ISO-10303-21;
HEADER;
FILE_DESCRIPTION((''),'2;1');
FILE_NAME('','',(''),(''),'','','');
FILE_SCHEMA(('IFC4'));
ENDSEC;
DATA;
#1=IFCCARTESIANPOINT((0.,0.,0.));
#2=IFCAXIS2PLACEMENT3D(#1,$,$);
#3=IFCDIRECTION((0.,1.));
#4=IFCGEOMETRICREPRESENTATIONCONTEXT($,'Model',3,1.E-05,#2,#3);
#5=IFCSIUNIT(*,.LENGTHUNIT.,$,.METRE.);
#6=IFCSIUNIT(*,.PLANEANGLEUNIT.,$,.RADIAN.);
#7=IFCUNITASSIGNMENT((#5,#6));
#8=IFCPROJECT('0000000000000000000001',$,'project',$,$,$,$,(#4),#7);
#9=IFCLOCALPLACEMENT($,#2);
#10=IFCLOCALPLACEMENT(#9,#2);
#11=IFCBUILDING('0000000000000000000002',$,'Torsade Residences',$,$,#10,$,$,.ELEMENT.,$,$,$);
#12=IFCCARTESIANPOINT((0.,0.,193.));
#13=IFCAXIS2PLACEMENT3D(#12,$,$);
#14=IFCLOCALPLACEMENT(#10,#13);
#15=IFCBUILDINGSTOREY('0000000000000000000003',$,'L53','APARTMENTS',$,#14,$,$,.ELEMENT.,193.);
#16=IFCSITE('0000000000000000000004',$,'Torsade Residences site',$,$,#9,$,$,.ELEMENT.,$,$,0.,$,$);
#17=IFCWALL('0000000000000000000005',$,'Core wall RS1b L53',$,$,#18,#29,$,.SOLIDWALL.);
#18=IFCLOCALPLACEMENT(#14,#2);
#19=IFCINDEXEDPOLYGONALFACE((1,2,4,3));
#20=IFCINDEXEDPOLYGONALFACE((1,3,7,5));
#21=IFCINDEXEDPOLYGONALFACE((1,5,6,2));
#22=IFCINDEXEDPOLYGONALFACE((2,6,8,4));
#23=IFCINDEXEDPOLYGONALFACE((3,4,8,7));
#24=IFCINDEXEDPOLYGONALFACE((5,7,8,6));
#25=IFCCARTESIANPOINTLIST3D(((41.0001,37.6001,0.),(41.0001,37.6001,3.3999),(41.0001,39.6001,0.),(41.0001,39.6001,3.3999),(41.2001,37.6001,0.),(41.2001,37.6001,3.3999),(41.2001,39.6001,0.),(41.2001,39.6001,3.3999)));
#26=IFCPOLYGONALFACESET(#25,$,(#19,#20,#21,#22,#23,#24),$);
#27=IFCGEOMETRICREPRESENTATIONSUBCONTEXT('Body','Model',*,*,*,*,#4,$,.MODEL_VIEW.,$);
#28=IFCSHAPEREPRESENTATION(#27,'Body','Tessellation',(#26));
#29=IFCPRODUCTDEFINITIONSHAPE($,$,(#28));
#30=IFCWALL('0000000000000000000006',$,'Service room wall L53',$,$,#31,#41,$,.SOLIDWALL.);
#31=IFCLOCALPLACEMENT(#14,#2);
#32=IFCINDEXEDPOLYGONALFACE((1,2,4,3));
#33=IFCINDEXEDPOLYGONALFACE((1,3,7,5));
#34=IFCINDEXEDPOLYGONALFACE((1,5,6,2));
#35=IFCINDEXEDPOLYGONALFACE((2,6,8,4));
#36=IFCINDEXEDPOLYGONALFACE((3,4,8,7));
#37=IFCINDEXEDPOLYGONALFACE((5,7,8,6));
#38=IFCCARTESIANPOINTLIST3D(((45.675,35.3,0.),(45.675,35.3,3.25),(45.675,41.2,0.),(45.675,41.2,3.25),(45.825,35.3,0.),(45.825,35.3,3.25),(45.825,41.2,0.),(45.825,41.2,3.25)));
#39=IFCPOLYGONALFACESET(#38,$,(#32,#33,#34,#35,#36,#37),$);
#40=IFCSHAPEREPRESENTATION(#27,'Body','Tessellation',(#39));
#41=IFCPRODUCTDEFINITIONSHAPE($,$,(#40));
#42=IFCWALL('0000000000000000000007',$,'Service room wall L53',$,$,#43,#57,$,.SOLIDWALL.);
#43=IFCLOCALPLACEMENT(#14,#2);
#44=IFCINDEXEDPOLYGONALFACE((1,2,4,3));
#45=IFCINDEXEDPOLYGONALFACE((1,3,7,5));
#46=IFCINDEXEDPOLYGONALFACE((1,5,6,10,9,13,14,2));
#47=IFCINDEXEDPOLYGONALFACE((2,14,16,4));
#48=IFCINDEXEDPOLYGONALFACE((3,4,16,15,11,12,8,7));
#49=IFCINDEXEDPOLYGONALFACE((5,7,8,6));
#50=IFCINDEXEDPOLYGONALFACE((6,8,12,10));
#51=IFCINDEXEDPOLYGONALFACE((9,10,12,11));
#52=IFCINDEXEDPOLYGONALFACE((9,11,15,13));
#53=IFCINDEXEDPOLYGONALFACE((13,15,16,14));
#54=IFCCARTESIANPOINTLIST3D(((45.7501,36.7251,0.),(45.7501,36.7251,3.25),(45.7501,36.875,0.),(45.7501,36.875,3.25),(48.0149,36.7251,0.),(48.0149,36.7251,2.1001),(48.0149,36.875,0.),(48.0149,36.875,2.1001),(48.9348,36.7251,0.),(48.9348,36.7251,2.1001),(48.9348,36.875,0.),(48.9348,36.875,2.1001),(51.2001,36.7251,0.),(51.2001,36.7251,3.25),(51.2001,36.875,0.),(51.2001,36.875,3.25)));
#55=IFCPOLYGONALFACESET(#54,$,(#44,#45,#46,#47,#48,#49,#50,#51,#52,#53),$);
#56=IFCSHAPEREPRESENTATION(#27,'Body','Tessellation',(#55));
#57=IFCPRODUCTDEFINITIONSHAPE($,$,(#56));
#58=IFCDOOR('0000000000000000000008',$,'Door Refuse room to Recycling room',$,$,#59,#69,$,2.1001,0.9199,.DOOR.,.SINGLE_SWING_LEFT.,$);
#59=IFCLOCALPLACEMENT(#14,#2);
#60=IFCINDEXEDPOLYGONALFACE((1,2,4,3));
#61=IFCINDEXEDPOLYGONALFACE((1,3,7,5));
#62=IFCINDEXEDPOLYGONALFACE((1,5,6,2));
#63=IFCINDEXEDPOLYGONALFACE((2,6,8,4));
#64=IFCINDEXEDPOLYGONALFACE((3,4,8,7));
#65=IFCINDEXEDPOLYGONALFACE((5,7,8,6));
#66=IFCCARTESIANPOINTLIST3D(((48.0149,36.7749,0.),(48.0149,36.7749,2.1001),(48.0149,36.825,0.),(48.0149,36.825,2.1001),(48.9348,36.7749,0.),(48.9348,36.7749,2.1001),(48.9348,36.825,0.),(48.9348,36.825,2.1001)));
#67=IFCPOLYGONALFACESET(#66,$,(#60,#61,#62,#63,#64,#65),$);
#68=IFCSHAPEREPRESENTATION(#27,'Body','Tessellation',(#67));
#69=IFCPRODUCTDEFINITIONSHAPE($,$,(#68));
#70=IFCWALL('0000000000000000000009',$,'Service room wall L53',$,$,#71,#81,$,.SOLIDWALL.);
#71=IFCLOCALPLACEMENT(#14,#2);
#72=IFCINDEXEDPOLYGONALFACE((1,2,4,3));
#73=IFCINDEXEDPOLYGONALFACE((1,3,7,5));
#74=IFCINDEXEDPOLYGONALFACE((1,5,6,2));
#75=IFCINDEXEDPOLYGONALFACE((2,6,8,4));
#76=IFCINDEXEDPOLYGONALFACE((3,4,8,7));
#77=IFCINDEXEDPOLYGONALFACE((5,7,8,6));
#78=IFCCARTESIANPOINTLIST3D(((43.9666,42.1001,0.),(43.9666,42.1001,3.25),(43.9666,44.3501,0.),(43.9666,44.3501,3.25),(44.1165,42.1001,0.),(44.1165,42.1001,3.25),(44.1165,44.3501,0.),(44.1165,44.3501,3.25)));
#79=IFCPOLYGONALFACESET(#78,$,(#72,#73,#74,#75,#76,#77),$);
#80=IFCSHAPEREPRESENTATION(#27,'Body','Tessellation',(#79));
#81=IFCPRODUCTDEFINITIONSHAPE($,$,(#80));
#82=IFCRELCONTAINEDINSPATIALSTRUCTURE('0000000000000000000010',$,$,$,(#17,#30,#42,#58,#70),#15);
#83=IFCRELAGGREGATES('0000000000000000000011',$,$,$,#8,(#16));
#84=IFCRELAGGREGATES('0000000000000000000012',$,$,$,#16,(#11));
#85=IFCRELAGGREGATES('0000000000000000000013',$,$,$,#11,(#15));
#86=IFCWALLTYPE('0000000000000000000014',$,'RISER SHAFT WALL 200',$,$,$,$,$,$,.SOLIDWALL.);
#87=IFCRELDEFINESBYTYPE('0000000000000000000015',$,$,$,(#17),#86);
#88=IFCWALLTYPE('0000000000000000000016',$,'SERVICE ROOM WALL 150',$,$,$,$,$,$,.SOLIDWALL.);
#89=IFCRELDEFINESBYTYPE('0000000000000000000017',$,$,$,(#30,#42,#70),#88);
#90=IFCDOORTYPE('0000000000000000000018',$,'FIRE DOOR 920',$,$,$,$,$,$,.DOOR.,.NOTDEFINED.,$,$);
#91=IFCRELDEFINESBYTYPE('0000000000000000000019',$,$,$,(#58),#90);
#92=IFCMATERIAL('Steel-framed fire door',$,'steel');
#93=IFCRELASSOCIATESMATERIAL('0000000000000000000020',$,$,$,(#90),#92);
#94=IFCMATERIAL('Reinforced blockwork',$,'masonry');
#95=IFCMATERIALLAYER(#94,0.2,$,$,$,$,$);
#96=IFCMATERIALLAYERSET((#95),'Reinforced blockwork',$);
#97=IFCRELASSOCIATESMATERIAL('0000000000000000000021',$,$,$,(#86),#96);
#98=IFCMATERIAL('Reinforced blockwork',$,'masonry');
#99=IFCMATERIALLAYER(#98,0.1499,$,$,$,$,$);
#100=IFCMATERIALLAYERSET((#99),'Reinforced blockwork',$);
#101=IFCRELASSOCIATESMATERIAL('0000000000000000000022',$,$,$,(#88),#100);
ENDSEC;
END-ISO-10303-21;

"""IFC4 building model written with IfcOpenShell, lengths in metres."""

from ifc_helpers import new_model, si_unit, direction, frame, frame_2d, origin, place, context, subcontext, project, spatial, rectangle, extrude, material, layer, layer_set, type_object, element, fill, save


model = new_model("IFC4")

# Units and contexts
model_context = context("Model", 3, precision=1e-05, world=origin(), true_north=direction((0.0, 1.0)))
body_context = subcontext(model_context, "Body", "Model", "MODEL_VIEW")
ifc_project = project(units=[si_unit("LENGTHUNIT", "METRE"), si_unit("PLANEANGLEUNIT", "RADIAN")], contexts=[model_context])

# Site, building, storey
site_placement = place(None, origin())
site = spatial("IfcSite", under=ifc_project, at=site_placement, Name="Torsade Residences site", CompositionType="ELEMENT", RefElevation=0.0)
building_placement = place(site_placement, origin())
building = spatial("IfcBuilding", under=site, at=building_placement, Name="Torsade Residences", CompositionType="ELEMENT")
storey_placement = place(building_placement, frame((0.0, 0.0, 193.0)))
storey = spatial("IfcBuildingStorey", under=building, at=storey_placement, Name="L53", Description="APARTMENTS", CompositionType="ELEMENT", Elevation=193.0)

# Shared definitions
ifc_material_1 = material(Name="Steel-framed fire door", Category="steel")
door_type_1 = type_object("IfcDoorType", Name="FIRE DOOR 920", OperationType="NOTDEFINED", PredefinedType="DOOR", material=ifc_material_1)

# Walls
ifc_material_2 = material(Name="Reinforced blockwork", Category="masonry")
ifc_layer_1 = layer(ifc_material_2, 0.2)
ifc_layer_set_1 = layer_set([ifc_layer_1], Name="Reinforced blockwork")
wall_type_1 = type_object("IfcWallType", Name="RISER SHAFT WALL 200", PredefinedType="SOLIDWALL", material=ifc_layer_set_1)
wall_1_placement = place(storey_placement, frame((41.1001, 37.6001, 0.0), z_axis=(0.0, 0.0, 1.0), x_axis=(0.0, 1.0, 0.0)))
element("IfcWall", 1, at=wall_1_placement, inside=storey, type_object=wall_type_1, Name="Core wall RS1b L53", PredefinedType="SOLIDWALL", context=body_context, shape_type="SweptSolid", body=[
    extrude(rectangle(XDim=2.0, YDim=0.2, at=frame_2d((1.0, 0.0))), origin(), (0.0, 0.0, 1.0), 3.3999),
])
ifc_material_3 = material(Name="Reinforced blockwork", Category="masonry")
ifc_layer_2 = layer(ifc_material_3, 0.1499)
ifc_layer_set_2 = layer_set([ifc_layer_2], Name="Reinforced blockwork")
wall_type_2 = type_object("IfcWallType", Name="SERVICE ROOM WALL 150", PredefinedType="SOLIDWALL", material=ifc_layer_set_2)
wall_2_placement = place(storey_placement, frame((45.75, 41.2, 0.0), z_axis=(0.0, 0.0, 1.0), x_axis=(0.0, -1.0, 0.0)))
element("IfcWall", 2, at=wall_2_placement, inside=storey, type_object=wall_type_2, Name="Service room wall L53", PredefinedType="SOLIDWALL", context=body_context, shape_type="SweptSolid", body=[
    extrude(rectangle(XDim=5.8999, YDim=0.1499, at=frame_2d((2.95, 0.0))), origin(), (0.0, 0.0, 1.0), 3.25),
])

# Wall, opening, door
wall_3_placement = place(storey_placement, frame((45.75, 36.8, 0.0), z_axis=(0.0, 0.0, 1.0), x_axis=(1.0, 0.0, 0.0)))
wall_3 = element("IfcWall", 3, at=wall_3_placement, inside=storey, type_object=wall_type_2, Name="Service room wall L53", PredefinedType="SOLIDWALL", context=body_context, shape_type="SweptSolid", body=[
    extrude(rectangle(XDim=5.45, YDim=0.1499, at=frame_2d((2.7251, 0.0))), origin(), (0.0, 0.0, 1.0), 3.25),
])
opening_1_placement = place(wall_3_placement, frame((2.2649, 0.0, 0.0)))
opening_1 = element("IfcOpeningElement", 4, at=opening_1_placement, cuts=wall_3, PredefinedType="OPENING", context=body_context, shape_type="SweptSolid", body=[
    extrude(rectangle(XDim=0.9199, YDim=2.1001, at=frame_2d((0.46, 1.05))), frame((0.0, 0.085, 0.0), z_axis=(0.0, -1.0, 0.0), x_axis=(1.0, 0.0, 0.0)), (0.0, 0.0, 1.0), 0.1699),
])
door_1_placement = place(opening_1_placement, origin())
door_1 = element("IfcDoor", 5, at=door_1_placement, inside=storey, type_object=door_type_1, Name="Door Refuse room to Recycling room", OperationType="SINGLE_SWING_LEFT", OverallHeight=2.1001, OverallWidth=0.9199, PredefinedType="DOOR", context=body_context, shape_type="SweptSolid", body=[
    extrude(rectangle(XDim=0.9199, YDim=2.1001, at=frame_2d((0.46, 1.05))), frame((0.0, 0.0249, 0.0), z_axis=(0.0, -1.0, 0.0), x_axis=(1.0, 0.0, 0.0)), (0.0, 0.0, 1.0), 0.05),
])
fill(opening_1, door_1)

# Wall
wall_4_placement = place(storey_placement, frame((44.0415, 42.1001, 0.0), z_axis=(0.0, 0.0, 1.0), x_axis=(0.0, 1.0, 0.0)))
element("IfcWall", 6, at=wall_4_placement, inside=storey, type_object=wall_type_2, Name="Service room wall L53", PredefinedType="SOLIDWALL", context=body_context, shape_type="SweptSolid", body=[
    extrude(rectangle(XDim=2.25, YDim=0.1499, at=frame_2d((1.125, 0.0))), origin(), (0.0, 0.0, 1.0), 3.25),
])

save(model, "model.ifc")
